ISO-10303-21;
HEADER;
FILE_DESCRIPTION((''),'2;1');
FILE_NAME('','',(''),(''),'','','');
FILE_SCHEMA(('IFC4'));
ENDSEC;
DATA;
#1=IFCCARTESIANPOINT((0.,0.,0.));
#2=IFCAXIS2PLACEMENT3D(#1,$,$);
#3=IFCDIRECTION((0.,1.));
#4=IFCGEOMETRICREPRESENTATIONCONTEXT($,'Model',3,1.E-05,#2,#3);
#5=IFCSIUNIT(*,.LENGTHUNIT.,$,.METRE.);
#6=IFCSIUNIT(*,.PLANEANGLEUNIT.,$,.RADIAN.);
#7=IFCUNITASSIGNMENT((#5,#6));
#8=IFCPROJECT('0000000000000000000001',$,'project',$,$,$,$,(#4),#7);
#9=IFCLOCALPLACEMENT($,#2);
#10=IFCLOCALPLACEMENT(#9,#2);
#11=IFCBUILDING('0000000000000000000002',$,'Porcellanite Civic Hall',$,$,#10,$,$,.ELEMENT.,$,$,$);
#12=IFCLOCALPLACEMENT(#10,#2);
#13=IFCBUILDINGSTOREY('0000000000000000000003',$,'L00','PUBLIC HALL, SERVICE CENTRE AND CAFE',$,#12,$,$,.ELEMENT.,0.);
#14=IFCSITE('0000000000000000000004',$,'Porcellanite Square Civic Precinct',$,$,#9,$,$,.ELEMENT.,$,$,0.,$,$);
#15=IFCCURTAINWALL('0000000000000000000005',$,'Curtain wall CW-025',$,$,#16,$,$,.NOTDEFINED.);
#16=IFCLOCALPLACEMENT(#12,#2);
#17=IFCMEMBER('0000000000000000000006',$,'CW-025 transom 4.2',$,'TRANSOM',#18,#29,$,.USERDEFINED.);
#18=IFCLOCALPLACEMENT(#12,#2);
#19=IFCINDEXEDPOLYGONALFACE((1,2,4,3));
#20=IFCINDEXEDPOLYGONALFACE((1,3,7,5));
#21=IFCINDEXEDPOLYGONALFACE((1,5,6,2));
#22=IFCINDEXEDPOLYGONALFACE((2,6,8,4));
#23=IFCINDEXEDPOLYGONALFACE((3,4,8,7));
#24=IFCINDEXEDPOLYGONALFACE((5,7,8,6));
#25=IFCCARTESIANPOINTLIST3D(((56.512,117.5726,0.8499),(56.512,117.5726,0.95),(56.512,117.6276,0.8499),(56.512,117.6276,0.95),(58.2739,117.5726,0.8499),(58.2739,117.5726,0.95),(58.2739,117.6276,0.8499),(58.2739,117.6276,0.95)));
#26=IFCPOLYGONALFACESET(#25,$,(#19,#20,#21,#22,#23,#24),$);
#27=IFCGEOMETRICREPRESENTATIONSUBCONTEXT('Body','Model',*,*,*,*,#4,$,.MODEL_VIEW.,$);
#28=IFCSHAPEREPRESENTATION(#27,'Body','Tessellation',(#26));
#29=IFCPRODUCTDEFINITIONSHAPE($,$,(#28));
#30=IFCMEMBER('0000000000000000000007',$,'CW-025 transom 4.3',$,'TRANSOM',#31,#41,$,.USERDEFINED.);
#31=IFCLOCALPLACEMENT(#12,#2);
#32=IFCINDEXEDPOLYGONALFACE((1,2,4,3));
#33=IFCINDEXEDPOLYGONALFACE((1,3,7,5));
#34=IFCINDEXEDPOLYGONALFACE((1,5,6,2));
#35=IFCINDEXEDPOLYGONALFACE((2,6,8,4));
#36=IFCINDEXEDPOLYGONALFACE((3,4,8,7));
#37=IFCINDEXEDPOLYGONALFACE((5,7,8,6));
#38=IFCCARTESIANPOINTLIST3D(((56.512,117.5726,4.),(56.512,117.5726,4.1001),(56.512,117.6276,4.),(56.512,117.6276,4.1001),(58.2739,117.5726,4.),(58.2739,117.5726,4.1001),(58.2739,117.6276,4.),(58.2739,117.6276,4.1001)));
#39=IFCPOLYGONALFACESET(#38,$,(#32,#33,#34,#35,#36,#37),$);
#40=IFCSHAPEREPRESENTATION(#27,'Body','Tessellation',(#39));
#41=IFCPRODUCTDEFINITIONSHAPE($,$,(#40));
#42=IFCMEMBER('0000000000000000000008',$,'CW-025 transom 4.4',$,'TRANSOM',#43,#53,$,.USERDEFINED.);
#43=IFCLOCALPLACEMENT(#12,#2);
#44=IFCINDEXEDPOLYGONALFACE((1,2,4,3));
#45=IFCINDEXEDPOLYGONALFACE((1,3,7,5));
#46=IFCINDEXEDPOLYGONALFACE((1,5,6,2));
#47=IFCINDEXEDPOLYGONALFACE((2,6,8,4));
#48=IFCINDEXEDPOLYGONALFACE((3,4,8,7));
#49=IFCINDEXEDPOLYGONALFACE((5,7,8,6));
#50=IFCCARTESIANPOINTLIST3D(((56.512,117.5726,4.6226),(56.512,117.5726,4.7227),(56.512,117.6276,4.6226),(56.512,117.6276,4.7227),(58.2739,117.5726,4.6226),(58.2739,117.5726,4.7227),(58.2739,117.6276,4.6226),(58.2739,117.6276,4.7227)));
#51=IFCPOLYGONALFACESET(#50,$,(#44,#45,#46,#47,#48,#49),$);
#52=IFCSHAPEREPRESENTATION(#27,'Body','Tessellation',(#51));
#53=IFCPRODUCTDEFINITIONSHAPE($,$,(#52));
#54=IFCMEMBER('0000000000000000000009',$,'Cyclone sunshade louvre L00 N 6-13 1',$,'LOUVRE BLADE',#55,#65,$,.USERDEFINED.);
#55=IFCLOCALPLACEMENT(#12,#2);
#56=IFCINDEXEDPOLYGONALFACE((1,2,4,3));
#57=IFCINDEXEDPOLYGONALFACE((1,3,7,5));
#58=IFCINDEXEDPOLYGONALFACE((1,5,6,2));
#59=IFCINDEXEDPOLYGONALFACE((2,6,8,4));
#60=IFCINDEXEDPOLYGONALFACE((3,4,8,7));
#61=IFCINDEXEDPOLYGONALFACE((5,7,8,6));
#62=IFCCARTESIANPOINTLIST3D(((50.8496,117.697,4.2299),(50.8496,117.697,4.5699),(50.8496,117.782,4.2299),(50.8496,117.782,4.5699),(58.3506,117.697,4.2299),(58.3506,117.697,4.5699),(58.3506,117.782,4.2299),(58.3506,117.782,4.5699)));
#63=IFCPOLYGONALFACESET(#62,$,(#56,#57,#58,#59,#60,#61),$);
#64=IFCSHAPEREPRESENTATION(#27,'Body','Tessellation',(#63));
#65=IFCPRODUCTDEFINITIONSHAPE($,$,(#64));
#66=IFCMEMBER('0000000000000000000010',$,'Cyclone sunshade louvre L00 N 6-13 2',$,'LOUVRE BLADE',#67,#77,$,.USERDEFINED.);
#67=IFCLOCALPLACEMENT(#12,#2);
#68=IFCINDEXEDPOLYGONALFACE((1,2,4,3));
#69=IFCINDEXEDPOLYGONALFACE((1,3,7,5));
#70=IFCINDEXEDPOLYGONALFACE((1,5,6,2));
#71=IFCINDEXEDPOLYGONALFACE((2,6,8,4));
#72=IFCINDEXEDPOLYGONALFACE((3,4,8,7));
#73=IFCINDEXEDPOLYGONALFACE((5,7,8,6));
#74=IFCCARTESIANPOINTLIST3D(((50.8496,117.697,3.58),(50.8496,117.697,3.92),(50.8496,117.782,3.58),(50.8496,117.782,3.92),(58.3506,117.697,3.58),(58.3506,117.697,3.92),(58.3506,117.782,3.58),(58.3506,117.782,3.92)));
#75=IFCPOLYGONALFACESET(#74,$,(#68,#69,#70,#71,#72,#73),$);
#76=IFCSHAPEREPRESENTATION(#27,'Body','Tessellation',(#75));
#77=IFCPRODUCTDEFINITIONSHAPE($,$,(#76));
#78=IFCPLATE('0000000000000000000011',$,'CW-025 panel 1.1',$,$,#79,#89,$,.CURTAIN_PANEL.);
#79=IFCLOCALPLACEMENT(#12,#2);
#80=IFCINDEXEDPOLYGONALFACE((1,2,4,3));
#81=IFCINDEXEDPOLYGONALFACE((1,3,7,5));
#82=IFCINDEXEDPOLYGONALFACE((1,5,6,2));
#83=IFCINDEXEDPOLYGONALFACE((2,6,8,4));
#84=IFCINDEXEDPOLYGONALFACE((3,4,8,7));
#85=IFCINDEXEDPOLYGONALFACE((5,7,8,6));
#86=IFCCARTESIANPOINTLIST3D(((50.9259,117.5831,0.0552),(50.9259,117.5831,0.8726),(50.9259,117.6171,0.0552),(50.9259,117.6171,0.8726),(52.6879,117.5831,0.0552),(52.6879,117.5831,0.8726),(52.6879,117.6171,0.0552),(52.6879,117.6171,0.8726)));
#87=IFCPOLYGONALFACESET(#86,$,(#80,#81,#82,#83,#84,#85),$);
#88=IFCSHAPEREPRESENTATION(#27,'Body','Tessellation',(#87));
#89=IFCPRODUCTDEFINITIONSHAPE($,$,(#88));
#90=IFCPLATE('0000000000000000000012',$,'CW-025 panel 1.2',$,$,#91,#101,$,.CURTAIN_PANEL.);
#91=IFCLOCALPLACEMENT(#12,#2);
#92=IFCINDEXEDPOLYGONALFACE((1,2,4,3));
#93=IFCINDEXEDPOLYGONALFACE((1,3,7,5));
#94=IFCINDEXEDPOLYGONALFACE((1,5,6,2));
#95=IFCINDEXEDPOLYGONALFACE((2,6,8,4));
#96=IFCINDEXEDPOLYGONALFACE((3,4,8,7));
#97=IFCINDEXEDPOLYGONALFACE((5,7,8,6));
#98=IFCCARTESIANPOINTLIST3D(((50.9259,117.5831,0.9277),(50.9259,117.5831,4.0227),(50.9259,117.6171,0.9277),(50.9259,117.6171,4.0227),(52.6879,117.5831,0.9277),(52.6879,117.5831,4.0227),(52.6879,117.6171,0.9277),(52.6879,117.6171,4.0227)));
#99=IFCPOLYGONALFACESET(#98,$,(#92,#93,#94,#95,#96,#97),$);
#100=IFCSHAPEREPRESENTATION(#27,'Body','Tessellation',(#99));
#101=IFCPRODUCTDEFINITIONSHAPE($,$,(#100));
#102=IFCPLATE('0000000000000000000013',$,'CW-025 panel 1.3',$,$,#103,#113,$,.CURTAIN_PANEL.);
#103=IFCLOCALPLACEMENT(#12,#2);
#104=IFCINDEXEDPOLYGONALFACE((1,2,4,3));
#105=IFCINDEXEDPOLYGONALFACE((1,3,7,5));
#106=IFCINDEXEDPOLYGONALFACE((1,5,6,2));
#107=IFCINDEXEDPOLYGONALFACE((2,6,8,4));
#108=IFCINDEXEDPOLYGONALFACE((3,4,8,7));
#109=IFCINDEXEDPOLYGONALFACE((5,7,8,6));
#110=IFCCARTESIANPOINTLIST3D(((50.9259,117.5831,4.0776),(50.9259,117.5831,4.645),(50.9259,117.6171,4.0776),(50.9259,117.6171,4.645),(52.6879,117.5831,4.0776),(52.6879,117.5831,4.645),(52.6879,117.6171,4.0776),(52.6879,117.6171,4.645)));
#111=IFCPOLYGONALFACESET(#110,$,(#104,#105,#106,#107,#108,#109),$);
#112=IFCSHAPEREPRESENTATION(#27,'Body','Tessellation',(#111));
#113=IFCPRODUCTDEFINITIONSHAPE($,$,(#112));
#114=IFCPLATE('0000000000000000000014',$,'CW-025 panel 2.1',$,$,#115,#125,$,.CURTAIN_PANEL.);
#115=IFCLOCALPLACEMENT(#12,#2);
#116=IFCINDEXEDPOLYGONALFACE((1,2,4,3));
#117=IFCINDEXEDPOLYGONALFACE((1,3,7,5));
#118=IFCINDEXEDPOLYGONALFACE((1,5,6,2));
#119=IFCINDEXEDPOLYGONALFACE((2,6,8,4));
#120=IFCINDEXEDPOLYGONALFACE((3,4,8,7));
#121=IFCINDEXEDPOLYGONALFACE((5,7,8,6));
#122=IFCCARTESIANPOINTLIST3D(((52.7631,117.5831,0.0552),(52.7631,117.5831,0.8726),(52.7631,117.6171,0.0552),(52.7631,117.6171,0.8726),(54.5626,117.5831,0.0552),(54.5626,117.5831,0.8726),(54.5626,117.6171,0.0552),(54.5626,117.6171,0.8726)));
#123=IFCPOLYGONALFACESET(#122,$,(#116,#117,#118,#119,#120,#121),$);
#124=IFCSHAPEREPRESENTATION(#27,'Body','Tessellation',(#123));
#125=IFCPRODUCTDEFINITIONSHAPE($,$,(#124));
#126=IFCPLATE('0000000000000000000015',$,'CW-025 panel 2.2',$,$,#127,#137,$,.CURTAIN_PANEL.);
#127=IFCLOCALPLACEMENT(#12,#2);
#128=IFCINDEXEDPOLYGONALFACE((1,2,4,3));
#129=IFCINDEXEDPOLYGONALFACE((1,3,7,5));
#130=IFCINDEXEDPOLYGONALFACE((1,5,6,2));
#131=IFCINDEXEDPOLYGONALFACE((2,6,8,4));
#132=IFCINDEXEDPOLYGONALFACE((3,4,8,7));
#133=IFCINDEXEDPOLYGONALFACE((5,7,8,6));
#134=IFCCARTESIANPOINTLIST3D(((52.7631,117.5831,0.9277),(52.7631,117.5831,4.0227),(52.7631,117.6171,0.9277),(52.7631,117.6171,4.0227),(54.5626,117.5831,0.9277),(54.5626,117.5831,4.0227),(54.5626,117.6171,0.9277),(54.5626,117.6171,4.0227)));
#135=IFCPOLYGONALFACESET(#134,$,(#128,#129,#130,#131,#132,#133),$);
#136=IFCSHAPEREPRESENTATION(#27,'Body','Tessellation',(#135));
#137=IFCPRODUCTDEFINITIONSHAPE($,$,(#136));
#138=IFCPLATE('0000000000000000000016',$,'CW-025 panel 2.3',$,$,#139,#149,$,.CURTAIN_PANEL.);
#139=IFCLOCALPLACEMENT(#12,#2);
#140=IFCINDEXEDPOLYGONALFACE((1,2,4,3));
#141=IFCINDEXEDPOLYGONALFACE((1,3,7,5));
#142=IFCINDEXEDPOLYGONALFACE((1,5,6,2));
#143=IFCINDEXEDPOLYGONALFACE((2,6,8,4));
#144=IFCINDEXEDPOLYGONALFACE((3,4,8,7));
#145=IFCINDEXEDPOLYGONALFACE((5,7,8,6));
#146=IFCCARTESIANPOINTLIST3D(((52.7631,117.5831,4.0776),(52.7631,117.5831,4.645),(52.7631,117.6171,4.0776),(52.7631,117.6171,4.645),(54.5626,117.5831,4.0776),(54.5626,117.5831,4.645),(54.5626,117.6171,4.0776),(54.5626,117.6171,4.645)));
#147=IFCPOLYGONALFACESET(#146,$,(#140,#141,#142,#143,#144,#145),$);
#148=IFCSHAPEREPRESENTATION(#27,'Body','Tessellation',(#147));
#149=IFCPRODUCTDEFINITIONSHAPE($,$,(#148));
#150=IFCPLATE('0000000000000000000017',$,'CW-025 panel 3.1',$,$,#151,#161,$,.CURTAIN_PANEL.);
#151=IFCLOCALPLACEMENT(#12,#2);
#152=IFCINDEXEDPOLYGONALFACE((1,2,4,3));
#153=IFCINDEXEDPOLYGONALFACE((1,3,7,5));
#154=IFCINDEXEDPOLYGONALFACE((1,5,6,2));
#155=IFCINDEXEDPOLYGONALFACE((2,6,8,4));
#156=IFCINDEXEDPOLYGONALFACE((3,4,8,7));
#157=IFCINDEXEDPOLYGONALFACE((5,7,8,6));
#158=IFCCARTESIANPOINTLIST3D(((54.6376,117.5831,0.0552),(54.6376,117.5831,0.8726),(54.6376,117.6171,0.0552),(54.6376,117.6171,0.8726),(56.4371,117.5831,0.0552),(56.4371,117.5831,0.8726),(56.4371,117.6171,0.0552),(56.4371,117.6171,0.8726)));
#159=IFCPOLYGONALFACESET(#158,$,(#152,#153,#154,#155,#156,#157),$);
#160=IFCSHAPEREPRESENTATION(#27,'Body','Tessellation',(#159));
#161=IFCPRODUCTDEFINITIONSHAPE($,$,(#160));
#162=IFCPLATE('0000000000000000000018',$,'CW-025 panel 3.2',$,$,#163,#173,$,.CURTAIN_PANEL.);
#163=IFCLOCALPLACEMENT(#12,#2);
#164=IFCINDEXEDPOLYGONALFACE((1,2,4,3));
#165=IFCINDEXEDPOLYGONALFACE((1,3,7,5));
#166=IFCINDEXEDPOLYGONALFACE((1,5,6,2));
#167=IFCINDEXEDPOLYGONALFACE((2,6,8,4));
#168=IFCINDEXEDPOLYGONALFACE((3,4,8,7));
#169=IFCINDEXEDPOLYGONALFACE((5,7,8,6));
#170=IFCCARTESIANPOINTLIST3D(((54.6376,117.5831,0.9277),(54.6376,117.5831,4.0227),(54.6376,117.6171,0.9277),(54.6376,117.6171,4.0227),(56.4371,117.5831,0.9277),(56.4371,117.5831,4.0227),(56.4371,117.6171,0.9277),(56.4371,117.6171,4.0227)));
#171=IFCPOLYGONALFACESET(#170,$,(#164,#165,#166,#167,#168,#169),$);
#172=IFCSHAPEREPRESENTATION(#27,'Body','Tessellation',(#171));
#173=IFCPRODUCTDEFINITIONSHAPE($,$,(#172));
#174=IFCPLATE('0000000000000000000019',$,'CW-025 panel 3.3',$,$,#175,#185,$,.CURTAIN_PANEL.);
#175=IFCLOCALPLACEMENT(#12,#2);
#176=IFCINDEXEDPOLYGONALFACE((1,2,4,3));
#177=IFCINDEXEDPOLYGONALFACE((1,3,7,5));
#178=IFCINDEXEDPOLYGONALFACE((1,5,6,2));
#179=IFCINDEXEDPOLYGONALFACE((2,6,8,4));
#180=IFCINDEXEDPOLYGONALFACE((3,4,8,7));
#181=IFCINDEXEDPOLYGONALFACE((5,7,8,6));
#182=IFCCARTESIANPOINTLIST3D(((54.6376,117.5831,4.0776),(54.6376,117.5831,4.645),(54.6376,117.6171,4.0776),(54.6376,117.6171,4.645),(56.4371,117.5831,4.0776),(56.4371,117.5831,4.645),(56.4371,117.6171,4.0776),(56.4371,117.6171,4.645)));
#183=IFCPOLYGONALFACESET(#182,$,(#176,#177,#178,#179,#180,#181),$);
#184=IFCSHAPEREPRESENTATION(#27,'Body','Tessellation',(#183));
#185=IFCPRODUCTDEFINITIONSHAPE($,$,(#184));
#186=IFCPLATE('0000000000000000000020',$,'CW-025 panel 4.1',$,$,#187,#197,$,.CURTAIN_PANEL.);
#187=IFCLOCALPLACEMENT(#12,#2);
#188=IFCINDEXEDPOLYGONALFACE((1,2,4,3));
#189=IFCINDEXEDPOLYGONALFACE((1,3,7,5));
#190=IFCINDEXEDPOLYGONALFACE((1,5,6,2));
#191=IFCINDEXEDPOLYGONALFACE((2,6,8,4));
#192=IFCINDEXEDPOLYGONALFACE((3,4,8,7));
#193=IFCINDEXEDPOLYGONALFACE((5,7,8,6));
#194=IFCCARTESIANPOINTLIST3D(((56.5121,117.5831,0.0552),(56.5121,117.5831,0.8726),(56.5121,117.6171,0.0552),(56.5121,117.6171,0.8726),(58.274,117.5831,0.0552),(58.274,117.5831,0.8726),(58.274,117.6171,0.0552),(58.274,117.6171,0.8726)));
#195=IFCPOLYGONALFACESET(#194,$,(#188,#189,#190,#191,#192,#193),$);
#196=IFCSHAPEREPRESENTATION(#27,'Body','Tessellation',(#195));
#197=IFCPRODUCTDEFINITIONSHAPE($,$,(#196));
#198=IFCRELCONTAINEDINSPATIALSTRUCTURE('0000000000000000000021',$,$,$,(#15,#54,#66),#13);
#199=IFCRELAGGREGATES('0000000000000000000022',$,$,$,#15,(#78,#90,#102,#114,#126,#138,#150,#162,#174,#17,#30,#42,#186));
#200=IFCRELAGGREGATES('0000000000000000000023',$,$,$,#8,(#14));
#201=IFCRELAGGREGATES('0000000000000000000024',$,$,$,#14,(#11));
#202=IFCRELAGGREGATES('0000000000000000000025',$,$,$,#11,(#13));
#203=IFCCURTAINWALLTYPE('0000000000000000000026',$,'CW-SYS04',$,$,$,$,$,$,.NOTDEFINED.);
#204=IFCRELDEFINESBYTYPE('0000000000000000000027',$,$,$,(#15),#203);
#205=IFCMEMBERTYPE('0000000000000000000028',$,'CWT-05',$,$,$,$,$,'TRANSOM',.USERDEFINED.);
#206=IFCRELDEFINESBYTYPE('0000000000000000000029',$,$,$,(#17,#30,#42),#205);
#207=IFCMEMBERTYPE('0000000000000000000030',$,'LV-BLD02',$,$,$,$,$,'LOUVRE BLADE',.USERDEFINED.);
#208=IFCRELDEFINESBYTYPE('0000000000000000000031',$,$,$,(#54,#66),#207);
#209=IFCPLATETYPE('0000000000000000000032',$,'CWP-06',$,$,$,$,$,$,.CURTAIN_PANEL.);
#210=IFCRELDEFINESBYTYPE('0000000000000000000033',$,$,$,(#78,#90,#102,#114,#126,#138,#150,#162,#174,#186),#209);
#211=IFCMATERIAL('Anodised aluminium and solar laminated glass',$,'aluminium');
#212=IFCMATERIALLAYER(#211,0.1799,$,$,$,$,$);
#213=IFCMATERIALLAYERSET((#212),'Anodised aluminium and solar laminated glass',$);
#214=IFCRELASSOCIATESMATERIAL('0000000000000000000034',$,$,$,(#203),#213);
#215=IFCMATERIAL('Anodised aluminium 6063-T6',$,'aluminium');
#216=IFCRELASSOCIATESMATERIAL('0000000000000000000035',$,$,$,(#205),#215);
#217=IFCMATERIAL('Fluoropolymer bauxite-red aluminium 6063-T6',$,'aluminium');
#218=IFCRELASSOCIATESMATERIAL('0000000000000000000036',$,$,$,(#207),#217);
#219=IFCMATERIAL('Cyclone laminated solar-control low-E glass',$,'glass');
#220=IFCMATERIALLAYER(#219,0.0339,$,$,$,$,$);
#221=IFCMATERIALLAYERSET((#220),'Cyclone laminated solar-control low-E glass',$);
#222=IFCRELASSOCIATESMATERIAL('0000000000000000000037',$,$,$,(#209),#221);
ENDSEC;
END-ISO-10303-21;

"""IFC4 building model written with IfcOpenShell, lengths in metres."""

from ifc_helpers import new_model, si_unit, direction, frame, origin, origin_2d, place, context, subcontext, project, spatial, rectangle, extrude, material, layer, layer_set, material_profile, profile_set, type_object, element, aggregate, save


model = new_model("IFC4")

# Units and contexts
model_context = context("Model", 3, precision=1e-05, world=origin(), true_north=direction((0.0, 1.0)))
body_context = subcontext(model_context, "Body", "Model", "MODEL_VIEW")
ifc_project = project(units=[si_unit("LENGTHUNIT", "METRE"), si_unit("PLANEANGLEUNIT", "RADIAN")], contexts=[model_context])

# Site, building, storey
site_placement = place(None, origin())
site = spatial("IfcSite", under=ifc_project, at=site_placement, Name="Porcellanite Square Civic Precinct", CompositionType="ELEMENT", RefElevation=0.0)
building_placement = place(site_placement, origin())
building = spatial("IfcBuilding", under=site, at=building_placement, Name="Porcellanite Civic Hall", CompositionType="ELEMENT")
storey_placement = place(building_placement, origin())
storey = spatial("IfcBuildingStorey", under=building, at=storey_placement, Name="L00", Description="PUBLIC HALL, SERVICE CENTRE AND CAFE", CompositionType="ELEMENT", Elevation=0.0)

# Curtain wall, members
ifc_material_1 = material(Name="Anodised aluminium and solar laminated glass", Category="aluminium")
ifc_layer_1 = layer(ifc_material_1, 0.1799)
ifc_layer_set_1 = layer_set([ifc_layer_1], Name="Anodised aluminium and solar laminated glass")
curtain_wall_type = type_object("IfcCurtainWallType", Name="CW-SYS04", PredefinedType="NOTDEFINED", material=ifc_layer_set_1)
curtain_wall_placement = place(storey_placement, origin())
curtain_wall = element("IfcCurtainWall", 1, at=curtain_wall_placement, inside=storey, type_object=curtain_wall_type, Name="Curtain wall CW-025", PredefinedType="NOTDEFINED")
ifc_material_2 = material(Name="Anodised aluminium 6063-T6", Category="aluminium")
ifc_material_profile_1 = material_profile(ifc_material_2, rectangle(XDim=0.0549, YDim=0.1001, at=origin_2d()), Name="AL-55x100")
ifc_profile_set_1 = profile_set([ifc_material_profile_1], Name="Anodised aluminium 6063-T6")
member_type_1 = type_object("IfcMemberType", Name="CWT-05", ElementType="TRANSOM", PredefinedType="USERDEFINED", material=ifc_profile_set_1)
member_1_placement = place(storey_placement, frame((56.512, 117.6001, 0.8999), z_axis=(1.0, 0.0, 0.0), x_axis=(0.0, 1.0, 0.0)))
member_1 = element("IfcMember", 2, at=member_1_placement, type_object=member_type_1, Name="CW-025 transom 4.2", ObjectType="TRANSOM", PredefinedType="USERDEFINED", context=body_context, shape_type="SweptSolid", body=[
    extrude(rectangle(XDim=0.0549, YDim=0.1001, at=origin_2d()), origin(), (0.0, 0.0, 1.0), 1.762),
])
member_2_placement = place(storey_placement, frame((56.512, 117.6001, 4.05), z_axis=(1.0, 0.0, 0.0), x_axis=(0.0, 1.0, 0.0)))
member_2 = element("IfcMember", 3, at=member_2_placement, type_object=member_type_1, Name="CW-025 transom 4.3", ObjectType="TRANSOM", PredefinedType="USERDEFINED", context=body_context, shape_type="SweptSolid", body=[
    extrude(rectangle(XDim=0.0549, YDim=0.1001, at=origin_2d()), origin(), (0.0, 0.0, 1.0), 1.762),
])
member_3_placement = place(storey_placement, frame((56.512, 117.6001, 4.6726), z_axis=(1.0, 0.0, 0.0), x_axis=(0.0, 1.0, 0.0)))
member_3 = element("IfcMember", 4, at=member_3_placement, type_object=member_type_1, Name="CW-025 transom 4.4", ObjectType="TRANSOM", PredefinedType="USERDEFINED", context=body_context, shape_type="SweptSolid", body=[
    extrude(rectangle(XDim=0.0549, YDim=0.1001, at=origin_2d()), origin(), (0.0, 0.0, 1.0), 1.762),
])

# Members
ifc_material_3 = material(Name="Fluoropolymer bauxite-red aluminium 6063-T6", Category="aluminium")
ifc_material_profile_2 = material_profile(ifc_material_3, rectangle(XDim=0.085, YDim=0.3401, at=origin_2d()), Name="AL-85x340")
ifc_profile_set_2 = profile_set([ifc_material_profile_2], Name="Fluoropolymer bauxite-red aluminium 6063-T6")
member_type_2 = type_object("IfcMemberType", Name="LV-BLD02", ElementType="LOUVRE BLADE", PredefinedType="USERDEFINED", material=ifc_profile_set_2)
for number, where, z_axis, x_axis, name in (
    (5, (50.8496, 117.7395, 4.3999), (1.0, 0.0, 0.0), (0.0, 1.0, 0.0), "Cyclone sunshade louvre L00 N 6-13 1"),
    (6, (50.8496, 117.7395, 3.75), (1.0, 0.0, 0.0), (0.0, 1.0, 0.0), "Cyclone sunshade louvre L00 N 6-13 2"),
):
    element("IfcMember", number, at=place(storey_placement, frame(where, z_axis=z_axis, x_axis=x_axis)), inside=storey, type_object=member_type_2, Name=name, ObjectType="LOUVRE BLADE", PredefinedType="USERDEFINED", context=body_context, shape_type="SweptSolid", body=[
        extrude(rectangle(XDim=0.085, YDim=0.3401, at=origin_2d()), origin(), (0.0, 0.0, 1.0), 7.501),
    ])

# Plates
ifc_material_4 = material(Name="Cyclone laminated solar-control low-E glass", Category="glass")
ifc_layer_2 = layer(ifc_material_4, 0.0339)
ifc_layer_set_2 = layer_set([ifc_layer_2], Name="Cyclone laminated solar-control low-E glass")
plate_type = type_object("IfcPlateType", Name="CWP-06", PredefinedType="CURTAIN_PANEL", material=ifc_layer_set_2)
plate_1_placement = place(storey_placement, frame((51.8069, 117.6001, 0.0552), z_axis=(0.0, 0.0, 1.0), x_axis=(1.0, 0.0, 0.0)))
plate_1 = element("IfcPlate", 7, at=plate_1_placement, type_object=plate_type, Name="CW-025 panel 1.1", PredefinedType="CURTAIN_PANEL", context=body_context, shape_type="SweptSolid", body=[
    extrude(rectangle(XDim=1.762, YDim=0.0339, at=origin_2d()), origin(), (0.0, 0.0, 1.0), 0.8174),
])
plate_2_placement = place(storey_placement, frame((51.8069, 117.6001, 0.9277), z_axis=(0.0, 0.0, 1.0), x_axis=(1.0, 0.0, 0.0)))
plate_2 = element("IfcPlate", 8, at=plate_2_placement, type_object=plate_type, Name="CW-025 panel 1.2", PredefinedType="CURTAIN_PANEL", context=body_context, shape_type="SweptSolid", body=[
    extrude(rectangle(XDim=1.762, YDim=0.0339, at=origin_2d()), origin(), (0.0, 0.0, 1.0), 3.095),
])
plate_3_placement = place(storey_placement, frame((51.8069, 117.6001, 4.0776), z_axis=(0.0, 0.0, 1.0), x_axis=(1.0, 0.0, 0.0)))
plate_3 = element("IfcPlate", 9, at=plate_3_placement, type_object=plate_type, Name="CW-025 panel 1.3", PredefinedType="CURTAIN_PANEL", context=body_context, shape_type="SweptSolid", body=[
    extrude(rectangle(XDim=1.762, YDim=0.0339, at=origin_2d()), origin(), (0.0, 0.0, 1.0), 0.5674),
])
plate_4_placement = place(storey_placement, frame((53.6628, 117.6001, 0.0552), z_axis=(0.0, 0.0, 1.0), x_axis=(1.0, 0.0, 0.0)))
plate_4 = element("IfcPlate", 10, at=plate_4_placement, type_object=plate_type, Name="CW-025 panel 2.1", PredefinedType="CURTAIN_PANEL", context=body_context, shape_type="SweptSolid", body=[
    extrude(rectangle(XDim=1.7996, YDim=0.0339, at=origin_2d()), origin(), (0.0, 0.0, 1.0), 0.8174),
])
plate_5_placement = place(storey_placement, frame((53.6628, 117.6001, 0.9277), z_axis=(0.0, 0.0, 1.0), x_axis=(1.0, 0.0, 0.0)))
plate_5 = element("IfcPlate", 11, at=plate_5_placement, type_object=plate_type, Name="CW-025 panel 2.2", PredefinedType="CURTAIN_PANEL", context=body_context, shape_type="SweptSolid", body=[
    extrude(rectangle(XDim=1.7996, YDim=0.0339, at=origin_2d()), origin(), (0.0, 0.0, 1.0), 3.095),
])
plate_6_placement = place(storey_placement, frame((53.6628, 117.6001, 4.0776), z_axis=(0.0, 0.0, 1.0), x_axis=(1.0, 0.0, 0.0)))
plate_6 = element("IfcPlate", 12, at=plate_6_placement, type_object=plate_type, Name="CW-025 panel 2.3", PredefinedType="CURTAIN_PANEL", context=body_context, shape_type="SweptSolid", body=[
    extrude(rectangle(XDim=1.7996, YDim=0.0339, at=origin_2d()), origin(), (0.0, 0.0, 1.0), 0.5674),
])
plate_7_placement = place(storey_placement, frame((55.5374, 117.6001, 0.0552), z_axis=(0.0, 0.0, 1.0), x_axis=(1.0, 0.0, 0.0)))
plate_7 = element("IfcPlate", 13, at=plate_7_placement, type_object=plate_type, Name="CW-025 panel 3.1", PredefinedType="CURTAIN_PANEL", context=body_context, shape_type="SweptSolid", body=[
    extrude(rectangle(XDim=1.7996, YDim=0.0339, at=origin_2d()), origin(), (0.0, 0.0, 1.0), 0.8174),
])
plate_8_placement = place(storey_placement, frame((55.5374, 117.6001, 0.9277), z_axis=(0.0, 0.0, 1.0), x_axis=(1.0, 0.0, 0.0)))
plate_8 = element("IfcPlate", 14, at=plate_8_placement, type_object=plate_type, Name="CW-025 panel 3.2", PredefinedType="CURTAIN_PANEL", context=body_context, shape_type="SweptSolid", body=[
    extrude(rectangle(XDim=1.7996, YDim=0.0339, at=origin_2d()), origin(), (0.0, 0.0, 1.0), 3.095),
])
plate_9_placement = place(storey_placement, frame((55.5374, 117.6001, 4.0776), z_axis=(0.0, 0.0, 1.0), x_axis=(1.0, 0.0, 0.0)))
plate_9 = element("IfcPlate", 15, at=plate_9_placement, type_object=plate_type, Name="CW-025 panel 3.3", PredefinedType="CURTAIN_PANEL", context=body_context, shape_type="SweptSolid", body=[
    extrude(rectangle(XDim=1.7996, YDim=0.0339, at=origin_2d()), origin(), (0.0, 0.0, 1.0), 0.5674),
])
plate_10_placement = place(storey_placement, frame((57.3931, 117.6001, 0.0552), z_axis=(0.0, 0.0, 1.0), x_axis=(1.0, 0.0, 0.0)))
plate_10 = element("IfcPlate", 16, at=plate_10_placement, type_object=plate_type, Name="CW-025 panel 4.1", PredefinedType="CURTAIN_PANEL", context=body_context, shape_type="SweptSolid", body=[
    extrude(rectangle(XDim=1.762, YDim=0.0339, at=origin_2d()), origin(), (0.0, 0.0, 1.0), 0.8174),
])
aggregate(curtain_wall, [plate_1, plate_2, plate_3, plate_4, plate_5, plate_6, plate_7, plate_8, plate_9, member_1, member_2, member_3, plate_10])

save(model, "model.ifc")
